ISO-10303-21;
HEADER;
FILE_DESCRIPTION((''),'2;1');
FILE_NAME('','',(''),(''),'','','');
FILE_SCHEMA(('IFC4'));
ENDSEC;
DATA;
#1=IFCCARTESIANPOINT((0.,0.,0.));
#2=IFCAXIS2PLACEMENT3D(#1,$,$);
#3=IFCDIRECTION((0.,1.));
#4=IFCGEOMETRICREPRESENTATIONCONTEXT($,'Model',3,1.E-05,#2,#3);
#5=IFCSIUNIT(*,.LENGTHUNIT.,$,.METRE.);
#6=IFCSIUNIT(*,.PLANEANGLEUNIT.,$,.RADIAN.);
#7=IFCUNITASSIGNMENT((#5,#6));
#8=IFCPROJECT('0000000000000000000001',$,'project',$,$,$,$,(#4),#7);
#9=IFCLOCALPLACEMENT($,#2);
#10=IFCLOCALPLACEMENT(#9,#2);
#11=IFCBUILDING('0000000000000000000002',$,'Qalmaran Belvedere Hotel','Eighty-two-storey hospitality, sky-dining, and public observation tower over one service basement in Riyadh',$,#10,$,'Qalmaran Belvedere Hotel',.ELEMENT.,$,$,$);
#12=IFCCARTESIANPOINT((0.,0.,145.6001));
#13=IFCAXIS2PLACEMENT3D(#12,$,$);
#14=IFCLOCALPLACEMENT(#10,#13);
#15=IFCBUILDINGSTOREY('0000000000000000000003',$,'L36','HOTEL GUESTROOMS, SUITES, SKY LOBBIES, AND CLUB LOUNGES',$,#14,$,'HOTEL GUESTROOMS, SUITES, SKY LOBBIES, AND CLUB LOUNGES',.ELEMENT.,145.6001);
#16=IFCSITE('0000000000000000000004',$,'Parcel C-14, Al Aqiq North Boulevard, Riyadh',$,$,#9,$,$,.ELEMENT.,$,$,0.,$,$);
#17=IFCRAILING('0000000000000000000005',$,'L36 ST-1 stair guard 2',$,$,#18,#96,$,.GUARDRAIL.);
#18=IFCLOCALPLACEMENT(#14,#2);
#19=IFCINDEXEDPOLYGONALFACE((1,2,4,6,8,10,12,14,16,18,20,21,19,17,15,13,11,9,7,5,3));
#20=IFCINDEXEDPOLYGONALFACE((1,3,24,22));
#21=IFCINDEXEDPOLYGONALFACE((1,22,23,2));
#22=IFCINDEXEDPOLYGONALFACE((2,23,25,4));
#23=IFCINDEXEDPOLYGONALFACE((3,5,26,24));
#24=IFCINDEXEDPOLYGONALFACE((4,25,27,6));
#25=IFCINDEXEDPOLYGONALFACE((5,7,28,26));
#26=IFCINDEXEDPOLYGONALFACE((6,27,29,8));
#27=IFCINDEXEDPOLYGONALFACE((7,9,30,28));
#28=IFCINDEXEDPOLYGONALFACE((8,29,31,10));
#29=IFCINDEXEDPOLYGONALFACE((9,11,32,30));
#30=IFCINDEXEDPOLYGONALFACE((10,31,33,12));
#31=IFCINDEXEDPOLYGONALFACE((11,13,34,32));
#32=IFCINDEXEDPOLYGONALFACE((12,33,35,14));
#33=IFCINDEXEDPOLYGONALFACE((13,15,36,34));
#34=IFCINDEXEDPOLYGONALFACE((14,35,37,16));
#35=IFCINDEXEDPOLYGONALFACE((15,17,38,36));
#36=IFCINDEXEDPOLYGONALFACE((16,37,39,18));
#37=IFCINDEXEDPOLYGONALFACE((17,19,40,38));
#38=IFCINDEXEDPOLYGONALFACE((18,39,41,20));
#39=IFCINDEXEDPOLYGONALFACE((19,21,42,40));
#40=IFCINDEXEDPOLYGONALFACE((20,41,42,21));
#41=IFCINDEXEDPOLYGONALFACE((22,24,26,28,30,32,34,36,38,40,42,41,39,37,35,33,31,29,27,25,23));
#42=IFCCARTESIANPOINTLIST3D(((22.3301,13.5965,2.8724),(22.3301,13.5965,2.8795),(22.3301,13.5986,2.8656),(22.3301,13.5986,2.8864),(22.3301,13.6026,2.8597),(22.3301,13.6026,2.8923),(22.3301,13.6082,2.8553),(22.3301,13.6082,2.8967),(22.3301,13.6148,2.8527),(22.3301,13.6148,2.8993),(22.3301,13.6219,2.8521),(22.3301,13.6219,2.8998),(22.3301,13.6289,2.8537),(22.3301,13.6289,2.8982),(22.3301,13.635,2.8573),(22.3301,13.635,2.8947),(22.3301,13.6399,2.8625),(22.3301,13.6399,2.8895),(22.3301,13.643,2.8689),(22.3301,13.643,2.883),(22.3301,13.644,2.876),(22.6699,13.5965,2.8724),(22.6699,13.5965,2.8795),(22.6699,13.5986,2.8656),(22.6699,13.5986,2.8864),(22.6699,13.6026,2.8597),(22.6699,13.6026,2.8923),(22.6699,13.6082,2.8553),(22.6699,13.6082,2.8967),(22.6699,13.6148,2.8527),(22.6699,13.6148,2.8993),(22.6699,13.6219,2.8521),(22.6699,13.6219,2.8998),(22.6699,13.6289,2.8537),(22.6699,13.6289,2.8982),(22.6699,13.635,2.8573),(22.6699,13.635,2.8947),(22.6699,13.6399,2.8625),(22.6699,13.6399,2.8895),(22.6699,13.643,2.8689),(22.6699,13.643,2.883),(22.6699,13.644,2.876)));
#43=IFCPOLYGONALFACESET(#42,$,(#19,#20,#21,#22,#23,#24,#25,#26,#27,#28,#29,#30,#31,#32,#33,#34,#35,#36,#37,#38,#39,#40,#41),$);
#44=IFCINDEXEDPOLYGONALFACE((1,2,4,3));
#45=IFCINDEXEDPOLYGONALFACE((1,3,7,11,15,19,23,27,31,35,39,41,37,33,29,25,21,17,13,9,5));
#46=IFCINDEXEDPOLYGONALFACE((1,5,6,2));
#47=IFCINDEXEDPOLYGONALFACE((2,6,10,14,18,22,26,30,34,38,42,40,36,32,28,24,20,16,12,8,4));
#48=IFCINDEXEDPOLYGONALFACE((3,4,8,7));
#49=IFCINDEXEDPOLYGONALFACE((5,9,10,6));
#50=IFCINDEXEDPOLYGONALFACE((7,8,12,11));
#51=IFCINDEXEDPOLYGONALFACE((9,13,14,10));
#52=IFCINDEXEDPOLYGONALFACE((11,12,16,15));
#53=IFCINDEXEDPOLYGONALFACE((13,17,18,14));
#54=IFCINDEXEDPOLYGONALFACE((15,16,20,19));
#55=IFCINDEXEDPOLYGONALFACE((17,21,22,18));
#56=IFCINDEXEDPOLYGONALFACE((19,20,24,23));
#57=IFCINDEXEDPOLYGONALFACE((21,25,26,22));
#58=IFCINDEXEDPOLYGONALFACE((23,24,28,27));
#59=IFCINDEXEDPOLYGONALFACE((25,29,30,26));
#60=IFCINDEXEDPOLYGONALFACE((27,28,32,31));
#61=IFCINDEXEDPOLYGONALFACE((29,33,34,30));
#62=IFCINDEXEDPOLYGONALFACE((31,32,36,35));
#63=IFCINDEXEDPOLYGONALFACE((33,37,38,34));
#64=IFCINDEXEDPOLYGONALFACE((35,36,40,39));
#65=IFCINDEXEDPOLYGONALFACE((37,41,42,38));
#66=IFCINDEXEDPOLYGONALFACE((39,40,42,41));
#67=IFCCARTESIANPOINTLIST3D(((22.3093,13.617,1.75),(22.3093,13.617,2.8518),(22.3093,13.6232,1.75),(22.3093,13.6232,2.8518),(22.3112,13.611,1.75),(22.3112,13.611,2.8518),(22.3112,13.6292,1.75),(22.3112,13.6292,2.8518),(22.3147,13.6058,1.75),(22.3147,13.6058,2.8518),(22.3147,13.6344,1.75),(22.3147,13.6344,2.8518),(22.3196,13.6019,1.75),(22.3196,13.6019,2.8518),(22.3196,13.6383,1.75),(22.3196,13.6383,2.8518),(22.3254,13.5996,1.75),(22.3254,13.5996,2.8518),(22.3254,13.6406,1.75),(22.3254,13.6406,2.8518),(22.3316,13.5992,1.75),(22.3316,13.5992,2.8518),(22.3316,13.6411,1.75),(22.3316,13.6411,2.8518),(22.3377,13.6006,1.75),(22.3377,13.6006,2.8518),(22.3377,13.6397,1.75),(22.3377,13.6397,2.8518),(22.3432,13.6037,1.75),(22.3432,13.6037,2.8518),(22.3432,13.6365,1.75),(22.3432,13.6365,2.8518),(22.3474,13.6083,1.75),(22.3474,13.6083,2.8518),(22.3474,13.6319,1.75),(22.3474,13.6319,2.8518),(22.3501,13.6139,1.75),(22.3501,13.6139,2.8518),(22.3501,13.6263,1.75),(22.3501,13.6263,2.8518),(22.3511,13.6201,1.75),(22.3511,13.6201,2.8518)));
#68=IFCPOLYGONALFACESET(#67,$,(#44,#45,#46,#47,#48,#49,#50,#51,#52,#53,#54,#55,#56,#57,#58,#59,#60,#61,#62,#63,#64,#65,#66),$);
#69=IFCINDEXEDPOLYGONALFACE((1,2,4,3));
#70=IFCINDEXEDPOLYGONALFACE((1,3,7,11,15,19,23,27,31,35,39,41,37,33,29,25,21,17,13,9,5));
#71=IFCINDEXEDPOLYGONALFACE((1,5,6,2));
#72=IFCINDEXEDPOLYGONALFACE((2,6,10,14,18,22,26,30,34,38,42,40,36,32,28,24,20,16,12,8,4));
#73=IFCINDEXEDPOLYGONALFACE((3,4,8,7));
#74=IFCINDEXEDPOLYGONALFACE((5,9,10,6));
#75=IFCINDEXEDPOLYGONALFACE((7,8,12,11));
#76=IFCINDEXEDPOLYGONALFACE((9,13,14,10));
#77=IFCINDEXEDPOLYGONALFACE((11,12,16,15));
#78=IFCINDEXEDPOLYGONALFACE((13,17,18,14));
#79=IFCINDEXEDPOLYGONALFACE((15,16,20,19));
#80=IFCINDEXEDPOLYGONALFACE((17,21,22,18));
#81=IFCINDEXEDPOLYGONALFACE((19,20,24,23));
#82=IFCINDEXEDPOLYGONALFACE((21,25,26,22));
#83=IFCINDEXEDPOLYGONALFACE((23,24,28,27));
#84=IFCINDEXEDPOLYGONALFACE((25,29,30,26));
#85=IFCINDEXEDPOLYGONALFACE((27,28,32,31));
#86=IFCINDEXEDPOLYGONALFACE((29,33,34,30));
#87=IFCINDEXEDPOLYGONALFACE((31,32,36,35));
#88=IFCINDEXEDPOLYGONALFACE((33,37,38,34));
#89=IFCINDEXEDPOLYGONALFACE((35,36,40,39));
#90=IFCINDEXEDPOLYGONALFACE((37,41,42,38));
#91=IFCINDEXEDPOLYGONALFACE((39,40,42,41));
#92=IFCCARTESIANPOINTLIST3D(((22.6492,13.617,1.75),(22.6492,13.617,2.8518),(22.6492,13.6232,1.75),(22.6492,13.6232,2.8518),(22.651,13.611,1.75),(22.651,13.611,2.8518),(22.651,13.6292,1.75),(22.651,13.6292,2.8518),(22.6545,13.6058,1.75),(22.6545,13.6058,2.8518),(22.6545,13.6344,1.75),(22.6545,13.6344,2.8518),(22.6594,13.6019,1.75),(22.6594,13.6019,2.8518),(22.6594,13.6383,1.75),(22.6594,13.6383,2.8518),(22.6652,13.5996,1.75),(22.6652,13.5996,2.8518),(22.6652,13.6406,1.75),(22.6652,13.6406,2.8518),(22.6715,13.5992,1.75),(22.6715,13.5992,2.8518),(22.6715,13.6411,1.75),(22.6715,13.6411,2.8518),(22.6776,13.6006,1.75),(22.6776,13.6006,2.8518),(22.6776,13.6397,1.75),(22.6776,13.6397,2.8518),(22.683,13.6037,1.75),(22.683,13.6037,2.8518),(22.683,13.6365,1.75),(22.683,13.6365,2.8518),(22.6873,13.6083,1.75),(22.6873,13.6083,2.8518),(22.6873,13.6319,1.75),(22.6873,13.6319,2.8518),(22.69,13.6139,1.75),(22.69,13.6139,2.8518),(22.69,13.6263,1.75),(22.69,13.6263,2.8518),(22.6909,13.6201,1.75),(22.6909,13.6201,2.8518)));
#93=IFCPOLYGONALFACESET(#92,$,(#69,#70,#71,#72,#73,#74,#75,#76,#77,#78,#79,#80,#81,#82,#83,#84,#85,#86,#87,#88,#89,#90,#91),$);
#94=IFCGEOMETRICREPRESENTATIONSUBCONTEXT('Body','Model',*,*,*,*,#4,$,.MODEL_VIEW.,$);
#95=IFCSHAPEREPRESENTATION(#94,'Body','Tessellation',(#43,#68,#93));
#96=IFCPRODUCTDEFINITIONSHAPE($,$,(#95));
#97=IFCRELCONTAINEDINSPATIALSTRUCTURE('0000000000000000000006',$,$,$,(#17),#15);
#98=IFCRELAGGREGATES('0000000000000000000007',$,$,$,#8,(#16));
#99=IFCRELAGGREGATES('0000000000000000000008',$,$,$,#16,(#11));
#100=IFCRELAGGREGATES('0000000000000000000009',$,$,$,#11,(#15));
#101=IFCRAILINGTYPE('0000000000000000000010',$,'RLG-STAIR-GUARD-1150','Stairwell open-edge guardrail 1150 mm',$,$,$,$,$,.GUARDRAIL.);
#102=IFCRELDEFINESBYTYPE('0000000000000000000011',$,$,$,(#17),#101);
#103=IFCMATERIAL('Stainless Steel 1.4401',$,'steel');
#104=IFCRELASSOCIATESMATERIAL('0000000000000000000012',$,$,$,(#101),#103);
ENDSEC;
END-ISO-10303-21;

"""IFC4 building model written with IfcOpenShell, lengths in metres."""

from ifc_helpers import new_model, si_unit, direction, frame, origin, origin_2d, place, context, subcontext, project, spatial, circle, extrude, material, type_object, element, save


model = new_model("IFC4")

# Units and contexts
model_context = context("Model", 3, precision=1e-05, world=origin(), true_north=direction((0.0, 1.0)))
body_context = subcontext(model_context, "Body", "Model", "MODEL_VIEW")
ifc_project = project(units=[si_unit("LENGTHUNIT", "METRE"), si_unit("PLANEANGLEUNIT", "RADIAN")], contexts=[model_context])

# Site, building, storey
site_placement = place(None, origin())
site = spatial("IfcSite", under=ifc_project, at=site_placement, Name="Parcel C-14, Al Aqiq North Boulevard, Riyadh", CompositionType="ELEMENT", RefElevation=0.0)
building_placement = place(site_placement, origin())
building = spatial("IfcBuilding", under=site, at=building_placement, Name="Qalmaran Belvedere Hotel", Description="Eighty-two-storey hospitality, sky-dining, and public observation tower over one service basement in Riyadh", LongName="Qalmaran Belvedere Hotel", CompositionType="ELEMENT")
storey_placement = place(building_placement, frame((0.0, 0.0, 145.6001)))
storey = spatial("IfcBuildingStorey", under=building, at=storey_placement, Name="L36", Description="HOTEL GUESTROOMS, SUITES, SKY LOBBIES, AND CLUB LOUNGES", LongName="HOTEL GUESTROOMS, SUITES, SKY LOBBIES, AND CLUB LOUNGES", CompositionType="ELEMENT", Elevation=145.6001)

# Railing
ifc_material_1 = material(Name="Stainless Steel 1.4401", Category="steel")
railing_type_1 = type_object("IfcRailingType", Name="RLG-STAIR-GUARD-1150", Description="Stairwell open-edge guardrail 1150 mm", PredefinedType="GUARDRAIL", material=ifc_material_1)
railing_1_placement = place(storey_placement, frame((22.3301, 13.6201, 1.75)))
element("IfcRailing", 1, at=railing_1_placement, inside=storey, type_object=railing_type_1, Name="L36 ST-1 stair guard 2", PredefinedType="GUARDRAIL", context=body_context, shape_type="SweptSolid", body=[
    extrude(circle(Radius=0.0239, at=origin_2d()), frame((0.0, 0.0, 1.126), z_axis=(1.0, 0.0, 0.0), x_axis=(0.0, 1.0, 0.0)), (0.0, 0.0, 1.0), 0.3398),
    extrude(circle(Radius=0.021, at=origin_2d()), origin(), (0.0, 0.0, 1.0), 1.1018),
    extrude(circle(Radius=0.021, at=origin_2d()), frame((0.3398, 0.0, 0.0)), (0.0, 0.0, 1.0), 1.1018),
])

save(model, "model.ifc")
